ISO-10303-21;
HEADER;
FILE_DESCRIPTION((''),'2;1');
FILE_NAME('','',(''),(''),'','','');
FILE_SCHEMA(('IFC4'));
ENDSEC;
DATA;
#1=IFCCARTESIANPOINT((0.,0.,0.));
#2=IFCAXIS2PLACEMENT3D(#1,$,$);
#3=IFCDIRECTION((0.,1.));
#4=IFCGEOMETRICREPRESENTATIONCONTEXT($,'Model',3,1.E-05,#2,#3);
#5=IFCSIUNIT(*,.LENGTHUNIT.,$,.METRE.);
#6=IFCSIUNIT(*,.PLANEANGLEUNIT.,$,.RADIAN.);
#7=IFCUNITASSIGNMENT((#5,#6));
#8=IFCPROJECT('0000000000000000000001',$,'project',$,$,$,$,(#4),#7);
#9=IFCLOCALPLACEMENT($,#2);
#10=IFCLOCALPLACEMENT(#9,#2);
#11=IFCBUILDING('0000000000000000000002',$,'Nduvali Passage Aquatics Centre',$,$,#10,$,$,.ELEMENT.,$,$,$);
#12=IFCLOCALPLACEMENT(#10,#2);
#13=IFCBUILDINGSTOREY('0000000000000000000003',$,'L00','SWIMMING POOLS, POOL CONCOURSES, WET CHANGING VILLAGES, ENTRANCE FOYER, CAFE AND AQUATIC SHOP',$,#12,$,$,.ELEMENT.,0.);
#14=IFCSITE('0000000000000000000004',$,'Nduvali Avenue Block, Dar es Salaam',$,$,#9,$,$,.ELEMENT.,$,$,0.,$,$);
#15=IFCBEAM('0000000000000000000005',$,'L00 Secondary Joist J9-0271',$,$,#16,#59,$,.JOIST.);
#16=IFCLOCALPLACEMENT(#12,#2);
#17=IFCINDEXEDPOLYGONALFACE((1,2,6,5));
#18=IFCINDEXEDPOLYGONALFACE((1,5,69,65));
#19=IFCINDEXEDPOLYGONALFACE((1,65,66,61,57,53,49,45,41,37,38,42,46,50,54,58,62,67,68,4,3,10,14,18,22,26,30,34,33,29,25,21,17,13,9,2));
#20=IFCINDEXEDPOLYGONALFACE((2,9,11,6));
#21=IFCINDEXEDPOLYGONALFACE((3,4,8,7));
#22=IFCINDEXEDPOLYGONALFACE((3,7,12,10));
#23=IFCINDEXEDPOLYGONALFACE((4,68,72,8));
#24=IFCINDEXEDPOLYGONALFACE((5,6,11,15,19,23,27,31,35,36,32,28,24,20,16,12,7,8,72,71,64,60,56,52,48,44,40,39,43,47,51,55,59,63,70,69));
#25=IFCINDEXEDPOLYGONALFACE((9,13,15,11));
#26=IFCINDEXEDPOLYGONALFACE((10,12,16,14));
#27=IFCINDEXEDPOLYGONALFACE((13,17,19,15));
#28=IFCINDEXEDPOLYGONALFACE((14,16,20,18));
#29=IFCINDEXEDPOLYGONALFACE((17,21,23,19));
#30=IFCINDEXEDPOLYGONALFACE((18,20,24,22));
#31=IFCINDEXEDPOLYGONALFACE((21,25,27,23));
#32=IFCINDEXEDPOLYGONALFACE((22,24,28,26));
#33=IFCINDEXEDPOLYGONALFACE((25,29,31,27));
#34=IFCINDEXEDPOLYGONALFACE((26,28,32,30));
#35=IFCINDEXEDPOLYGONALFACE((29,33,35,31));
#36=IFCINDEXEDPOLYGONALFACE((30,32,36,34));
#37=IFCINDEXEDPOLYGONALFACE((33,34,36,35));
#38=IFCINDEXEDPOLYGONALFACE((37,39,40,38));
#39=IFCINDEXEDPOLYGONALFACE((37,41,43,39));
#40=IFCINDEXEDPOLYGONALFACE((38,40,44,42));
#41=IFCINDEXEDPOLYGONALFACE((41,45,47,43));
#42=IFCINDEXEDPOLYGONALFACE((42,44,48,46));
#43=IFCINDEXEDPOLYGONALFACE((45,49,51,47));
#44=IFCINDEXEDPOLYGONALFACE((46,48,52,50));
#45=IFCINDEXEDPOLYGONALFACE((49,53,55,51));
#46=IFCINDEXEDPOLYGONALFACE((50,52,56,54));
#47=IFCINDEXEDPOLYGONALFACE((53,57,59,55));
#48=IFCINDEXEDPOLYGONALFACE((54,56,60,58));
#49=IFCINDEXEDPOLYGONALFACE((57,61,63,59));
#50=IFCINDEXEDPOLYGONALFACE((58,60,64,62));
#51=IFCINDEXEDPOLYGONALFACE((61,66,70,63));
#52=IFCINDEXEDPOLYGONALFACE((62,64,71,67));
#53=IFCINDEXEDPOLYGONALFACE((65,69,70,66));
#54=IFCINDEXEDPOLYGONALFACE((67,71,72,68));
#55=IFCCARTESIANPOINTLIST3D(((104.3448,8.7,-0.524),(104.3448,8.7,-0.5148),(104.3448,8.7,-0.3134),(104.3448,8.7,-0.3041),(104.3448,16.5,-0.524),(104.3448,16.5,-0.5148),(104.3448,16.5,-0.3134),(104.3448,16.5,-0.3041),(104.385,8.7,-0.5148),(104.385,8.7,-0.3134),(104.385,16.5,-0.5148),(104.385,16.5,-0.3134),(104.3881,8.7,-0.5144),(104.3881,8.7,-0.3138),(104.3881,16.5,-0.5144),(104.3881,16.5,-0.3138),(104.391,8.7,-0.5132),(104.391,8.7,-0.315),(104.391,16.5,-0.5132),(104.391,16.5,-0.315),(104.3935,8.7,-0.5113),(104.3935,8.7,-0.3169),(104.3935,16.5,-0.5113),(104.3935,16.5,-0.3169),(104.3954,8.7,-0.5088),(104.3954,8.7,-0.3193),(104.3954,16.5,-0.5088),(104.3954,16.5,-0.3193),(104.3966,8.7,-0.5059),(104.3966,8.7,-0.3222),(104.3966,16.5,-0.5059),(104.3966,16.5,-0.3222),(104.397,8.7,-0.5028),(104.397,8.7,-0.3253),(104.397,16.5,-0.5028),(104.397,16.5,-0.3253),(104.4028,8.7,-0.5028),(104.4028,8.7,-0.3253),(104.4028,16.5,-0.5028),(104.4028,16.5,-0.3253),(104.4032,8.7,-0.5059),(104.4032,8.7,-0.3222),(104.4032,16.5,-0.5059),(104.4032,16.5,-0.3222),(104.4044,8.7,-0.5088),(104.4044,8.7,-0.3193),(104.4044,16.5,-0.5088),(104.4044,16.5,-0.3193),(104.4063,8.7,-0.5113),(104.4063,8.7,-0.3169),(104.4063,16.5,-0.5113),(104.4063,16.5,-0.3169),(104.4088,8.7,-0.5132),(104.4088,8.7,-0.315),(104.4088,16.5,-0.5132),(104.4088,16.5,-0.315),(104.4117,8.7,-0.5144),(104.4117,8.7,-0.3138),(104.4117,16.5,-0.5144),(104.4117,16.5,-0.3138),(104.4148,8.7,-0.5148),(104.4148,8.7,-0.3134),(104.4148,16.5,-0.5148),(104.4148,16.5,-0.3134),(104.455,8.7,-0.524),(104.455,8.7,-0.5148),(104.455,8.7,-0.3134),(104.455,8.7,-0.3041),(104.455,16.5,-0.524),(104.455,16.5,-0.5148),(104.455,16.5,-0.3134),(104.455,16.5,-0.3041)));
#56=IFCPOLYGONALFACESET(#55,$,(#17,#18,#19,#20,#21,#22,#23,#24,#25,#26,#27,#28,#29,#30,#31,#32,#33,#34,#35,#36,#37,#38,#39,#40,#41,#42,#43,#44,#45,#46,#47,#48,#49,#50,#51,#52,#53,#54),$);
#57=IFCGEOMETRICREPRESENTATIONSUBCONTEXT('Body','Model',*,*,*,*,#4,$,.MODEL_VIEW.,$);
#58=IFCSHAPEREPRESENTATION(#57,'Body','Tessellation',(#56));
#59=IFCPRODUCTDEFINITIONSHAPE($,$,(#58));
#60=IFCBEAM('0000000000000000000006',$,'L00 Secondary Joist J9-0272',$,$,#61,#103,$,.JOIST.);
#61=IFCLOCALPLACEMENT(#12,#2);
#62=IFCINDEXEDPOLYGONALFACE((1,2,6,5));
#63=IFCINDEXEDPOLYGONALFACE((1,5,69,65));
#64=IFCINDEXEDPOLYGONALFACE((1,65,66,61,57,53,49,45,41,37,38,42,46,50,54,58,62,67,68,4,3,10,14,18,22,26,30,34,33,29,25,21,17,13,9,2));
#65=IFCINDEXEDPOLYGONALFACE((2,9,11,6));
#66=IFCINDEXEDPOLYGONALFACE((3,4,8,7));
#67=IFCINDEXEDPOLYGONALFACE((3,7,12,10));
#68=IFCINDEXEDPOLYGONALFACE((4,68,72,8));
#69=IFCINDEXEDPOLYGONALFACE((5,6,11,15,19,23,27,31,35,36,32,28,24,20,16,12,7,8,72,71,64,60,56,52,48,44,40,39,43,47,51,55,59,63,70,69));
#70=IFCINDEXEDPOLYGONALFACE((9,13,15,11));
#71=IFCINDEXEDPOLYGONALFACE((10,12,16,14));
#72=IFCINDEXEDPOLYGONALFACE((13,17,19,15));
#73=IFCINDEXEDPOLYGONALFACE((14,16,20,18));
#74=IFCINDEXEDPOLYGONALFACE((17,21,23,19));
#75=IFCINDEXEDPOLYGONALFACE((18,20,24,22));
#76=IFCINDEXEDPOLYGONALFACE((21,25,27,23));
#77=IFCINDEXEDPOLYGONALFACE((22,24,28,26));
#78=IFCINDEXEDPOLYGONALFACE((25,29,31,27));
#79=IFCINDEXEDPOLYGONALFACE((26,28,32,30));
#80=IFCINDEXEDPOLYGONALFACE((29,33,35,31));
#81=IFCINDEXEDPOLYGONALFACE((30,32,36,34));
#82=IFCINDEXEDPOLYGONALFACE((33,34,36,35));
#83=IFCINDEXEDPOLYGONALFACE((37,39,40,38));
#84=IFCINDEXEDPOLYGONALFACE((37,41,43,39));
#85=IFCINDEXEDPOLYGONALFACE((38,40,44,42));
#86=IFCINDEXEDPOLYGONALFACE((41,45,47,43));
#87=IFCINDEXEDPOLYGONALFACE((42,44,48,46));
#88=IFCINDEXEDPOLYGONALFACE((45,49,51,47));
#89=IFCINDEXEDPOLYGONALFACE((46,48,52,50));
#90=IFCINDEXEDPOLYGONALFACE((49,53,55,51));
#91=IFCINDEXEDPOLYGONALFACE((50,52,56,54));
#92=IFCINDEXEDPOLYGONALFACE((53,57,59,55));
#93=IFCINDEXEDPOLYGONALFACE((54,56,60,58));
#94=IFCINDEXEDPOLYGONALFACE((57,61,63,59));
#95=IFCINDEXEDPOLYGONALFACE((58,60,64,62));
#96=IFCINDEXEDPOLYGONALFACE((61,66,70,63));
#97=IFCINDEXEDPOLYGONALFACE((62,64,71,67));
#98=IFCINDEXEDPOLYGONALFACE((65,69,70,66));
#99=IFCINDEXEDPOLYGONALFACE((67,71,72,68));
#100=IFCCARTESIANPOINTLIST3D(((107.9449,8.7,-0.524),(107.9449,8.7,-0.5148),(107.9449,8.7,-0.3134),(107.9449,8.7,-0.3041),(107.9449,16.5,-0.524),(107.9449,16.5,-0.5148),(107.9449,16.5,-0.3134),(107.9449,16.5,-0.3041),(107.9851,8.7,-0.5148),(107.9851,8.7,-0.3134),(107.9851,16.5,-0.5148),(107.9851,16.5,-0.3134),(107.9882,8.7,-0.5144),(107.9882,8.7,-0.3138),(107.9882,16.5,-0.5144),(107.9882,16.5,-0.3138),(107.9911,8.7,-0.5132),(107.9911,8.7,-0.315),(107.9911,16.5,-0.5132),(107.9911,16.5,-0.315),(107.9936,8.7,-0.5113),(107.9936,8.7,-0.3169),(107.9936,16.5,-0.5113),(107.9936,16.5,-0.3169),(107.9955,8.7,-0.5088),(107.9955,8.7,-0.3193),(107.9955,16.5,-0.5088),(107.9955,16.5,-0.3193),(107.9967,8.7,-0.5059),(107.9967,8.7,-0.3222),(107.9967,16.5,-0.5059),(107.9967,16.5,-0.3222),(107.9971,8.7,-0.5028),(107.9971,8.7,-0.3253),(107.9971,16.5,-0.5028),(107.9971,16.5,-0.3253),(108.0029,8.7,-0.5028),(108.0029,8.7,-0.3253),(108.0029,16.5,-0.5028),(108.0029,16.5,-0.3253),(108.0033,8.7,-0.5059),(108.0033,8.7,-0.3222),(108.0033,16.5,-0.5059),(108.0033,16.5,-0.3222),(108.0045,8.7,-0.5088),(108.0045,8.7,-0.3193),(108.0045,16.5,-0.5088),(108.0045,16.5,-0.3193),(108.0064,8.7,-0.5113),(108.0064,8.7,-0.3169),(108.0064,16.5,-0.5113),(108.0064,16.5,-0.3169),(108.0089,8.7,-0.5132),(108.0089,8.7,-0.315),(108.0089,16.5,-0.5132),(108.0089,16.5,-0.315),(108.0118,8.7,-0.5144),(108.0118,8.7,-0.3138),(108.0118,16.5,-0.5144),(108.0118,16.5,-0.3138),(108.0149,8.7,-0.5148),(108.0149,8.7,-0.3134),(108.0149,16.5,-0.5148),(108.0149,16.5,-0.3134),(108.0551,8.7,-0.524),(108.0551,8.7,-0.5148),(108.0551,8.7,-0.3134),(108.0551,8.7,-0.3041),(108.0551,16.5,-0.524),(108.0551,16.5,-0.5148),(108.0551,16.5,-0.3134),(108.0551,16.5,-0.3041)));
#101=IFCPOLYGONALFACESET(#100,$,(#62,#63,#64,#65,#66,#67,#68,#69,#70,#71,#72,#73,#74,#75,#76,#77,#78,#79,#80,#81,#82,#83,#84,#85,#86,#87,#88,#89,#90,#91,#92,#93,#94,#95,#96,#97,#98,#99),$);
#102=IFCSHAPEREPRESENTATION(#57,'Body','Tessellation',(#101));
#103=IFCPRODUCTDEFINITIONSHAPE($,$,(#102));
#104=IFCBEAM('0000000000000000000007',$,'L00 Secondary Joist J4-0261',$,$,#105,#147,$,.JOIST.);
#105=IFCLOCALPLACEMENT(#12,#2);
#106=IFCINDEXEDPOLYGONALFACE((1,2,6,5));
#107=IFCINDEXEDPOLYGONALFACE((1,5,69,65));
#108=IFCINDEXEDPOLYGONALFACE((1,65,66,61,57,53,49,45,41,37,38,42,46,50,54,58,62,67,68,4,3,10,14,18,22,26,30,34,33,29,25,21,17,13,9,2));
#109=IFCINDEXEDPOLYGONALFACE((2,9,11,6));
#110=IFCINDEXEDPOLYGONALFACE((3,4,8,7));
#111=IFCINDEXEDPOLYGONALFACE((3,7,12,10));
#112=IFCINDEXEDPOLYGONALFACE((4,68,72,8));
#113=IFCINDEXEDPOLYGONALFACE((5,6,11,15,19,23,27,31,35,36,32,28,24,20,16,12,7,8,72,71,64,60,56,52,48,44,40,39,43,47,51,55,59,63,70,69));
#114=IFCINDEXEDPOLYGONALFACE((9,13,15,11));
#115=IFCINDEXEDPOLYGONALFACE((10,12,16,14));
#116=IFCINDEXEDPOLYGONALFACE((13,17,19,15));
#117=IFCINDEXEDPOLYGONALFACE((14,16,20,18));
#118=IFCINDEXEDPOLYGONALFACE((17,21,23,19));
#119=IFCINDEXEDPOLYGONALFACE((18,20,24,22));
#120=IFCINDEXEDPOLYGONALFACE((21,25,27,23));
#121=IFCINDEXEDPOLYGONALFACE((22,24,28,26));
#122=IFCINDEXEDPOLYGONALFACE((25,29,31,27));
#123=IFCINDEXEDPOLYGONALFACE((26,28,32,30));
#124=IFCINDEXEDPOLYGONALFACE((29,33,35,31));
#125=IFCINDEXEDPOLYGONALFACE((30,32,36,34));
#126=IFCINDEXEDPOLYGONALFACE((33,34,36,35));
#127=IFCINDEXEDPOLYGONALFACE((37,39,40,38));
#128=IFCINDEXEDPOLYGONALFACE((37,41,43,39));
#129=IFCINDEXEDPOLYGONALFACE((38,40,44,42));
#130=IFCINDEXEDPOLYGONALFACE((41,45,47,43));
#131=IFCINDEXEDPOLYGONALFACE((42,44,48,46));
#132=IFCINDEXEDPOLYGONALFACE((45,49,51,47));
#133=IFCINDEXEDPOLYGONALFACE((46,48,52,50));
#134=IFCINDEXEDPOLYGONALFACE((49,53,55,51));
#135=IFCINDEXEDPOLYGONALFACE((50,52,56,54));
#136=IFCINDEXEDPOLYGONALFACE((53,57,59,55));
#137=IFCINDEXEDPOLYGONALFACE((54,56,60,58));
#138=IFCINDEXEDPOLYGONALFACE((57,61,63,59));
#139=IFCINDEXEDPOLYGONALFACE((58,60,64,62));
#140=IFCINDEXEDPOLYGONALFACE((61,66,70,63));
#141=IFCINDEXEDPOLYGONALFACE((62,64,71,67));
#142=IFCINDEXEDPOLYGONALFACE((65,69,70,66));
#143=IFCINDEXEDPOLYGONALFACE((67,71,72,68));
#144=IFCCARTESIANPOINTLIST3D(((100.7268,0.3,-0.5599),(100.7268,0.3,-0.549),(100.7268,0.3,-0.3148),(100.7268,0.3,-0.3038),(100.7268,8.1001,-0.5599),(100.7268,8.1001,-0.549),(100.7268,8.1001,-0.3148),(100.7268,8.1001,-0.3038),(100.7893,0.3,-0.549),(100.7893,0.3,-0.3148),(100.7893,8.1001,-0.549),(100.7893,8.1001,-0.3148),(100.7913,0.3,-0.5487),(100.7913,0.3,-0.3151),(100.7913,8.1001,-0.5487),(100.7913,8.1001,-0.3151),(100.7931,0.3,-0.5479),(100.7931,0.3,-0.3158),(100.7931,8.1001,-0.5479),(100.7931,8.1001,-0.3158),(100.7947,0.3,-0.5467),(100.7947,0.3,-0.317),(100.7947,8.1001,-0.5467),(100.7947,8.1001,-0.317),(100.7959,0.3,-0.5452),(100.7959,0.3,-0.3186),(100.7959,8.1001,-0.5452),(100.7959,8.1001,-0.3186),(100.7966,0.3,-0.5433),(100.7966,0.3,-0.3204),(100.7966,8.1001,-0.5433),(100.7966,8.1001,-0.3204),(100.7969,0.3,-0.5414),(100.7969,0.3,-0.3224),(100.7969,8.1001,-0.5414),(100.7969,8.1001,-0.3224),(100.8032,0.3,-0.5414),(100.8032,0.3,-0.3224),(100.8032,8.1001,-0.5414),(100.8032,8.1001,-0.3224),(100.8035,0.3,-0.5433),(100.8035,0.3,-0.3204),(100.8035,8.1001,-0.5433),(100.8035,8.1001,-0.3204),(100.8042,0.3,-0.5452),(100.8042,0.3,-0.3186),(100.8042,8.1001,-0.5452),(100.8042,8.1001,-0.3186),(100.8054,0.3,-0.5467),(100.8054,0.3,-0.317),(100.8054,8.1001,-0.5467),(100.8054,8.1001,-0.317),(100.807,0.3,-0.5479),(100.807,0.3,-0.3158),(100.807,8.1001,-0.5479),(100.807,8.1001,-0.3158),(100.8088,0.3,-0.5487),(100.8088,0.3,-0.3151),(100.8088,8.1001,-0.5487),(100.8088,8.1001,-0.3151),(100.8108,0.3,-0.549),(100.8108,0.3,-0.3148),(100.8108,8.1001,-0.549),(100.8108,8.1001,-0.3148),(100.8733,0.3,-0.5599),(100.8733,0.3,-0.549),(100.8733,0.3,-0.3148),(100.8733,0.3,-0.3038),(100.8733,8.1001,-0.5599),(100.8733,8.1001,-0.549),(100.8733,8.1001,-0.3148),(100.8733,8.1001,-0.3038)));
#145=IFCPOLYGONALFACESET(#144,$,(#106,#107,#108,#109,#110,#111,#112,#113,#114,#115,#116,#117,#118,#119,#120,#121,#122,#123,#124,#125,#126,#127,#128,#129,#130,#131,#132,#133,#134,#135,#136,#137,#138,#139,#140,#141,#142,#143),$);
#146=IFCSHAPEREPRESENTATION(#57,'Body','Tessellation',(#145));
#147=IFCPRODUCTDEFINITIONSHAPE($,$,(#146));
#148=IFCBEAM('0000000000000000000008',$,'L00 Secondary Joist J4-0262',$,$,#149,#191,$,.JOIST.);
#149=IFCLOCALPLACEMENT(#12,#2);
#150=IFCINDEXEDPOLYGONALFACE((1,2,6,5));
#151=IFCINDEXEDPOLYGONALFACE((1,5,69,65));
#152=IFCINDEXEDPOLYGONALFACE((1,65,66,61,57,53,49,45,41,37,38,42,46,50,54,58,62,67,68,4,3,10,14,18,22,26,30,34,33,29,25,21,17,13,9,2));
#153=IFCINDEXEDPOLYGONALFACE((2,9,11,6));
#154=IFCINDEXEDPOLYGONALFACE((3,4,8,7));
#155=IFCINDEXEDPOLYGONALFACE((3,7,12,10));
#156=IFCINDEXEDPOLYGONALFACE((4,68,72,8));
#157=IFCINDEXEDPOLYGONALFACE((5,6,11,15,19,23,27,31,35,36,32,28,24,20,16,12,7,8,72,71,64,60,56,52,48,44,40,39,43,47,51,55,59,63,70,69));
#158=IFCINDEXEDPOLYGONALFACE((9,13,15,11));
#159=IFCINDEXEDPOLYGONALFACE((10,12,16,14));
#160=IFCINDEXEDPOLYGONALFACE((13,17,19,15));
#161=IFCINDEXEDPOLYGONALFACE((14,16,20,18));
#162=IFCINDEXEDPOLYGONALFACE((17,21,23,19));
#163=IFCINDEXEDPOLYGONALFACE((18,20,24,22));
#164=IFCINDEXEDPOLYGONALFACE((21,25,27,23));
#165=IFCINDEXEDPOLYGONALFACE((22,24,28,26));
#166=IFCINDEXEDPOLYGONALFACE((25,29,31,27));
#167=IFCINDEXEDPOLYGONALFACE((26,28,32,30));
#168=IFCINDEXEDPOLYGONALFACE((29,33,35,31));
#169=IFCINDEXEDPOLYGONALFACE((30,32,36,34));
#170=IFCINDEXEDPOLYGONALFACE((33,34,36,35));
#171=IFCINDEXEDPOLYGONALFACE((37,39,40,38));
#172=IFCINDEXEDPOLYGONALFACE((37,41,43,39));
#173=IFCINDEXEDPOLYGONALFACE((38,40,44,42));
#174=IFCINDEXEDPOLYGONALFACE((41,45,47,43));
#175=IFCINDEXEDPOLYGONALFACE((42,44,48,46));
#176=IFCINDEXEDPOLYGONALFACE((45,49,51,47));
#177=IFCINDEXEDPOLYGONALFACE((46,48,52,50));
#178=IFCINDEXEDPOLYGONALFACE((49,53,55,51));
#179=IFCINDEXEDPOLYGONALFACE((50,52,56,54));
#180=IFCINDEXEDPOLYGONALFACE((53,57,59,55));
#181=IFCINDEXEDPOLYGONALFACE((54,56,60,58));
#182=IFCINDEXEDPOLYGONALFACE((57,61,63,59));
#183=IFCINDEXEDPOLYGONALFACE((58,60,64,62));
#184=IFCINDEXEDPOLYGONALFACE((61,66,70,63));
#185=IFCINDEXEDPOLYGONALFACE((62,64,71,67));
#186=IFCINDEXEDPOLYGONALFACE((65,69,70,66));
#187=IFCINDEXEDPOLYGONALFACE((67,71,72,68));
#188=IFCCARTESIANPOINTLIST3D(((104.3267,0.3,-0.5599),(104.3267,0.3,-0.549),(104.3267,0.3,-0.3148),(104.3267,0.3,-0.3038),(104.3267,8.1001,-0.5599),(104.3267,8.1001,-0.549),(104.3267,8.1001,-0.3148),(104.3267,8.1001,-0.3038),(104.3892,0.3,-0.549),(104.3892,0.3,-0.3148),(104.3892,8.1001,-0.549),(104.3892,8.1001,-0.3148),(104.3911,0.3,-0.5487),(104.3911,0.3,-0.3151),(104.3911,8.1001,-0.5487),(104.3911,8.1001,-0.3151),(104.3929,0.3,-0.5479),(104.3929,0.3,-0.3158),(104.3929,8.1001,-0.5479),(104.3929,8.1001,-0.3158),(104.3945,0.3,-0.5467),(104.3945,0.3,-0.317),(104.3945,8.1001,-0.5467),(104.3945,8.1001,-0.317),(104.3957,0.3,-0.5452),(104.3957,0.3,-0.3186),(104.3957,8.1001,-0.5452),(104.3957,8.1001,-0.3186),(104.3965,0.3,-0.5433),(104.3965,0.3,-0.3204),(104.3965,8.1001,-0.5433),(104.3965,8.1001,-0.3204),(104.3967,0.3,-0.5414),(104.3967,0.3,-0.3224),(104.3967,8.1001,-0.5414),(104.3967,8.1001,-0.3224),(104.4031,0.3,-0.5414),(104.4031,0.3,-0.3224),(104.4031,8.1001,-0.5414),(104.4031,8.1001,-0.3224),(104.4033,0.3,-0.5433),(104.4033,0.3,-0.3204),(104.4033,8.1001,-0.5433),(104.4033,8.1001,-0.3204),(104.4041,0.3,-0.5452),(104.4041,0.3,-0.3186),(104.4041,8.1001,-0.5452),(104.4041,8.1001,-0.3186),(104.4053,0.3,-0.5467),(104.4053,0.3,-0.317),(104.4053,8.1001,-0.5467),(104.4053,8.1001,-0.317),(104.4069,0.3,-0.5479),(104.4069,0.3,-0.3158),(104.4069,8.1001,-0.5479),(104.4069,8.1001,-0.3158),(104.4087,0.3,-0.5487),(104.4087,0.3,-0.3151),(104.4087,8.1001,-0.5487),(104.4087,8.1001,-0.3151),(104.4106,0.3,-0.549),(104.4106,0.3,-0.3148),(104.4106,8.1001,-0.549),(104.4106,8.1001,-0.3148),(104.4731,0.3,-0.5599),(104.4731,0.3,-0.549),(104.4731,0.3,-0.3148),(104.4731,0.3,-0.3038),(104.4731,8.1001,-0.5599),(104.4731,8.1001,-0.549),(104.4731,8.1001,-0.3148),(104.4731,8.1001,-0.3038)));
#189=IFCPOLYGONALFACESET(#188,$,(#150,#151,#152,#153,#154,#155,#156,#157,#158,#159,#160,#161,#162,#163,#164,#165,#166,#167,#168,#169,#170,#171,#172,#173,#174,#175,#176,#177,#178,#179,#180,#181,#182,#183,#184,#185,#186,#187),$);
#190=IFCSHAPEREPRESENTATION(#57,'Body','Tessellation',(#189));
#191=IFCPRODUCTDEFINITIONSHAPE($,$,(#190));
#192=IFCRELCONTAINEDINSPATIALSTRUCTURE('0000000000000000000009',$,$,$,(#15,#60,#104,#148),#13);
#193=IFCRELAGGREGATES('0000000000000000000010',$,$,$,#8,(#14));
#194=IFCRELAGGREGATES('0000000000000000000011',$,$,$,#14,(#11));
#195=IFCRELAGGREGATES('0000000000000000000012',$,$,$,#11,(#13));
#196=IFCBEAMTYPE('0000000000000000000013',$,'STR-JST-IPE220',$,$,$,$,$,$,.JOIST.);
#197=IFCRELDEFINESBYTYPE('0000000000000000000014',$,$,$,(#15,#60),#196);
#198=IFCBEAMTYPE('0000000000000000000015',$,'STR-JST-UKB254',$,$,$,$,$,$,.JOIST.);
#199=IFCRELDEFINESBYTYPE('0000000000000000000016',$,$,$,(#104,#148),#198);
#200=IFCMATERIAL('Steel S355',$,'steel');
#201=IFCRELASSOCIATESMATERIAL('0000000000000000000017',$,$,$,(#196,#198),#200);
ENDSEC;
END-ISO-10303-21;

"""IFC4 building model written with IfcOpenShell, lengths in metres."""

from ifc_helpers import new_model, si_unit, direction, frame, origin, origin_2d, place, context, subcontext, project, spatial, i_section, extrude, material, material_profile, profile_set, type_object, element, save


model = new_model("IFC4")

# Units and contexts
model_context = context("Model", 3, precision=1e-05, world=origin(), true_north=direction((0.0, 1.0)))
body_context = subcontext(model_context, "Body", "Model", "MODEL_VIEW")
ifc_project = project(units=[si_unit("LENGTHUNIT", "METRE"), si_unit("PLANEANGLEUNIT", "RADIAN")], contexts=[model_context])

# Site, building, storey
site_placement = place(None, origin())
site = spatial("IfcSite", under=ifc_project, at=site_placement, Name="Nduvali Avenue Block, Dar es Salaam", CompositionType="ELEMENT", RefElevation=0.0)
building_placement = place(site_placement, origin())
building = spatial("IfcBuilding", under=site, at=building_placement, Name="Nduvali Passage Aquatics Centre", CompositionType="ELEMENT")
storey_placement = place(building_placement, origin())
storey = spatial("IfcBuildingStorey", under=building, at=storey_placement, Name="L00", Description="SWIMMING POOLS, POOL CONCOURSES, WET CHANGING VILLAGES, ENTRANCE FOYER, CAFE AND AQUATIC SHOP", CompositionType="ELEMENT", Elevation=0.0)

# Beams
ifc_material_1 = material(Name="Steel S355", Category="steel")
ifc_material_profile_1 = material_profile(ifc_material_1, i_section(OverallWidth=0.1101, OverallDepth=0.22, WebThickness=0.0059, FlangeThickness=0.0093, FilletRadius=0.012, at=origin_2d()), Name="IPE 220")
ifc_profile_set_1 = profile_set([ifc_material_profile_1], Name="Steel S355")
beam_type_1 = type_object("IfcBeamType", Name="STR-JST-IPE220", PredefinedType="JOIST", material=ifc_profile_set_1)
for number, where, z_axis, x_axis, name in (
    (1, (104.3999, 8.7, -0.4141), (0.0, 1.0, 0.0), (-1.0, 0.0, 0.0), "L00 Secondary Joist J9-0271"),
    (2, (108.0, 8.7, -0.4141), (0.0, 1.0, 0.0), (-1.0, 0.0, 0.0), "L00 Secondary Joist J9-0272"),
):
    element("IfcBeam", number, at=place(storey_placement, frame(where, z_axis=z_axis, x_axis=x_axis)), inside=storey, type_object=beam_type_1, Name=name, PredefinedType="JOIST", context=body_context, shape_type="SweptSolid", body=[
        extrude(i_section(OverallWidth=0.1101, OverallDepth=0.22, WebThickness=0.0059, FlangeThickness=0.0093, FilletRadius=0.012, at=origin_2d()), origin(), (0.0, 0.0, 1.0), 7.8),
    ])
ifc_material_profile_2 = material_profile(ifc_material_1, i_section(OverallWidth=0.1465, OverallDepth=0.2561, WebThickness=0.0063, FlangeThickness=0.011, FilletRadius=0.0076, at=origin_2d()), Name="UKB 254x146x37")
ifc_profile_set_2 = profile_set([ifc_material_profile_2], Name="Steel S355")
beam_type_2 = type_object("IfcBeamType", Name="STR-JST-UKB254", PredefinedType="JOIST", material=ifc_profile_set_2)
for number, where, z_axis, x_axis, name in (
    (3, (100.8, 0.3, -0.4319), (0.0, 1.0, 0.0), (-1.0, 0.0, 0.0), "L00 Secondary Joist J4-0261"),
    (4, (104.3999, 0.3, -0.4319), (0.0, 1.0, 0.0), (-1.0, 0.0, 0.0), "L00 Secondary Joist J4-0262"),
):
    element("IfcBeam", number, at=place(storey_placement, frame(where, z_axis=z_axis, x_axis=x_axis)), inside=storey, type_object=beam_type_2, Name=name, PredefinedType="JOIST", context=body_context, shape_type="SweptSolid", body=[
        extrude(i_section(OverallWidth=0.1465, OverallDepth=0.2561, WebThickness=0.0063, FlangeThickness=0.011, FilletRadius=0.0076, at=origin_2d()), origin(), (0.0, 0.0, 1.0), 7.8),
    ])

save(model, "model.ifc")
